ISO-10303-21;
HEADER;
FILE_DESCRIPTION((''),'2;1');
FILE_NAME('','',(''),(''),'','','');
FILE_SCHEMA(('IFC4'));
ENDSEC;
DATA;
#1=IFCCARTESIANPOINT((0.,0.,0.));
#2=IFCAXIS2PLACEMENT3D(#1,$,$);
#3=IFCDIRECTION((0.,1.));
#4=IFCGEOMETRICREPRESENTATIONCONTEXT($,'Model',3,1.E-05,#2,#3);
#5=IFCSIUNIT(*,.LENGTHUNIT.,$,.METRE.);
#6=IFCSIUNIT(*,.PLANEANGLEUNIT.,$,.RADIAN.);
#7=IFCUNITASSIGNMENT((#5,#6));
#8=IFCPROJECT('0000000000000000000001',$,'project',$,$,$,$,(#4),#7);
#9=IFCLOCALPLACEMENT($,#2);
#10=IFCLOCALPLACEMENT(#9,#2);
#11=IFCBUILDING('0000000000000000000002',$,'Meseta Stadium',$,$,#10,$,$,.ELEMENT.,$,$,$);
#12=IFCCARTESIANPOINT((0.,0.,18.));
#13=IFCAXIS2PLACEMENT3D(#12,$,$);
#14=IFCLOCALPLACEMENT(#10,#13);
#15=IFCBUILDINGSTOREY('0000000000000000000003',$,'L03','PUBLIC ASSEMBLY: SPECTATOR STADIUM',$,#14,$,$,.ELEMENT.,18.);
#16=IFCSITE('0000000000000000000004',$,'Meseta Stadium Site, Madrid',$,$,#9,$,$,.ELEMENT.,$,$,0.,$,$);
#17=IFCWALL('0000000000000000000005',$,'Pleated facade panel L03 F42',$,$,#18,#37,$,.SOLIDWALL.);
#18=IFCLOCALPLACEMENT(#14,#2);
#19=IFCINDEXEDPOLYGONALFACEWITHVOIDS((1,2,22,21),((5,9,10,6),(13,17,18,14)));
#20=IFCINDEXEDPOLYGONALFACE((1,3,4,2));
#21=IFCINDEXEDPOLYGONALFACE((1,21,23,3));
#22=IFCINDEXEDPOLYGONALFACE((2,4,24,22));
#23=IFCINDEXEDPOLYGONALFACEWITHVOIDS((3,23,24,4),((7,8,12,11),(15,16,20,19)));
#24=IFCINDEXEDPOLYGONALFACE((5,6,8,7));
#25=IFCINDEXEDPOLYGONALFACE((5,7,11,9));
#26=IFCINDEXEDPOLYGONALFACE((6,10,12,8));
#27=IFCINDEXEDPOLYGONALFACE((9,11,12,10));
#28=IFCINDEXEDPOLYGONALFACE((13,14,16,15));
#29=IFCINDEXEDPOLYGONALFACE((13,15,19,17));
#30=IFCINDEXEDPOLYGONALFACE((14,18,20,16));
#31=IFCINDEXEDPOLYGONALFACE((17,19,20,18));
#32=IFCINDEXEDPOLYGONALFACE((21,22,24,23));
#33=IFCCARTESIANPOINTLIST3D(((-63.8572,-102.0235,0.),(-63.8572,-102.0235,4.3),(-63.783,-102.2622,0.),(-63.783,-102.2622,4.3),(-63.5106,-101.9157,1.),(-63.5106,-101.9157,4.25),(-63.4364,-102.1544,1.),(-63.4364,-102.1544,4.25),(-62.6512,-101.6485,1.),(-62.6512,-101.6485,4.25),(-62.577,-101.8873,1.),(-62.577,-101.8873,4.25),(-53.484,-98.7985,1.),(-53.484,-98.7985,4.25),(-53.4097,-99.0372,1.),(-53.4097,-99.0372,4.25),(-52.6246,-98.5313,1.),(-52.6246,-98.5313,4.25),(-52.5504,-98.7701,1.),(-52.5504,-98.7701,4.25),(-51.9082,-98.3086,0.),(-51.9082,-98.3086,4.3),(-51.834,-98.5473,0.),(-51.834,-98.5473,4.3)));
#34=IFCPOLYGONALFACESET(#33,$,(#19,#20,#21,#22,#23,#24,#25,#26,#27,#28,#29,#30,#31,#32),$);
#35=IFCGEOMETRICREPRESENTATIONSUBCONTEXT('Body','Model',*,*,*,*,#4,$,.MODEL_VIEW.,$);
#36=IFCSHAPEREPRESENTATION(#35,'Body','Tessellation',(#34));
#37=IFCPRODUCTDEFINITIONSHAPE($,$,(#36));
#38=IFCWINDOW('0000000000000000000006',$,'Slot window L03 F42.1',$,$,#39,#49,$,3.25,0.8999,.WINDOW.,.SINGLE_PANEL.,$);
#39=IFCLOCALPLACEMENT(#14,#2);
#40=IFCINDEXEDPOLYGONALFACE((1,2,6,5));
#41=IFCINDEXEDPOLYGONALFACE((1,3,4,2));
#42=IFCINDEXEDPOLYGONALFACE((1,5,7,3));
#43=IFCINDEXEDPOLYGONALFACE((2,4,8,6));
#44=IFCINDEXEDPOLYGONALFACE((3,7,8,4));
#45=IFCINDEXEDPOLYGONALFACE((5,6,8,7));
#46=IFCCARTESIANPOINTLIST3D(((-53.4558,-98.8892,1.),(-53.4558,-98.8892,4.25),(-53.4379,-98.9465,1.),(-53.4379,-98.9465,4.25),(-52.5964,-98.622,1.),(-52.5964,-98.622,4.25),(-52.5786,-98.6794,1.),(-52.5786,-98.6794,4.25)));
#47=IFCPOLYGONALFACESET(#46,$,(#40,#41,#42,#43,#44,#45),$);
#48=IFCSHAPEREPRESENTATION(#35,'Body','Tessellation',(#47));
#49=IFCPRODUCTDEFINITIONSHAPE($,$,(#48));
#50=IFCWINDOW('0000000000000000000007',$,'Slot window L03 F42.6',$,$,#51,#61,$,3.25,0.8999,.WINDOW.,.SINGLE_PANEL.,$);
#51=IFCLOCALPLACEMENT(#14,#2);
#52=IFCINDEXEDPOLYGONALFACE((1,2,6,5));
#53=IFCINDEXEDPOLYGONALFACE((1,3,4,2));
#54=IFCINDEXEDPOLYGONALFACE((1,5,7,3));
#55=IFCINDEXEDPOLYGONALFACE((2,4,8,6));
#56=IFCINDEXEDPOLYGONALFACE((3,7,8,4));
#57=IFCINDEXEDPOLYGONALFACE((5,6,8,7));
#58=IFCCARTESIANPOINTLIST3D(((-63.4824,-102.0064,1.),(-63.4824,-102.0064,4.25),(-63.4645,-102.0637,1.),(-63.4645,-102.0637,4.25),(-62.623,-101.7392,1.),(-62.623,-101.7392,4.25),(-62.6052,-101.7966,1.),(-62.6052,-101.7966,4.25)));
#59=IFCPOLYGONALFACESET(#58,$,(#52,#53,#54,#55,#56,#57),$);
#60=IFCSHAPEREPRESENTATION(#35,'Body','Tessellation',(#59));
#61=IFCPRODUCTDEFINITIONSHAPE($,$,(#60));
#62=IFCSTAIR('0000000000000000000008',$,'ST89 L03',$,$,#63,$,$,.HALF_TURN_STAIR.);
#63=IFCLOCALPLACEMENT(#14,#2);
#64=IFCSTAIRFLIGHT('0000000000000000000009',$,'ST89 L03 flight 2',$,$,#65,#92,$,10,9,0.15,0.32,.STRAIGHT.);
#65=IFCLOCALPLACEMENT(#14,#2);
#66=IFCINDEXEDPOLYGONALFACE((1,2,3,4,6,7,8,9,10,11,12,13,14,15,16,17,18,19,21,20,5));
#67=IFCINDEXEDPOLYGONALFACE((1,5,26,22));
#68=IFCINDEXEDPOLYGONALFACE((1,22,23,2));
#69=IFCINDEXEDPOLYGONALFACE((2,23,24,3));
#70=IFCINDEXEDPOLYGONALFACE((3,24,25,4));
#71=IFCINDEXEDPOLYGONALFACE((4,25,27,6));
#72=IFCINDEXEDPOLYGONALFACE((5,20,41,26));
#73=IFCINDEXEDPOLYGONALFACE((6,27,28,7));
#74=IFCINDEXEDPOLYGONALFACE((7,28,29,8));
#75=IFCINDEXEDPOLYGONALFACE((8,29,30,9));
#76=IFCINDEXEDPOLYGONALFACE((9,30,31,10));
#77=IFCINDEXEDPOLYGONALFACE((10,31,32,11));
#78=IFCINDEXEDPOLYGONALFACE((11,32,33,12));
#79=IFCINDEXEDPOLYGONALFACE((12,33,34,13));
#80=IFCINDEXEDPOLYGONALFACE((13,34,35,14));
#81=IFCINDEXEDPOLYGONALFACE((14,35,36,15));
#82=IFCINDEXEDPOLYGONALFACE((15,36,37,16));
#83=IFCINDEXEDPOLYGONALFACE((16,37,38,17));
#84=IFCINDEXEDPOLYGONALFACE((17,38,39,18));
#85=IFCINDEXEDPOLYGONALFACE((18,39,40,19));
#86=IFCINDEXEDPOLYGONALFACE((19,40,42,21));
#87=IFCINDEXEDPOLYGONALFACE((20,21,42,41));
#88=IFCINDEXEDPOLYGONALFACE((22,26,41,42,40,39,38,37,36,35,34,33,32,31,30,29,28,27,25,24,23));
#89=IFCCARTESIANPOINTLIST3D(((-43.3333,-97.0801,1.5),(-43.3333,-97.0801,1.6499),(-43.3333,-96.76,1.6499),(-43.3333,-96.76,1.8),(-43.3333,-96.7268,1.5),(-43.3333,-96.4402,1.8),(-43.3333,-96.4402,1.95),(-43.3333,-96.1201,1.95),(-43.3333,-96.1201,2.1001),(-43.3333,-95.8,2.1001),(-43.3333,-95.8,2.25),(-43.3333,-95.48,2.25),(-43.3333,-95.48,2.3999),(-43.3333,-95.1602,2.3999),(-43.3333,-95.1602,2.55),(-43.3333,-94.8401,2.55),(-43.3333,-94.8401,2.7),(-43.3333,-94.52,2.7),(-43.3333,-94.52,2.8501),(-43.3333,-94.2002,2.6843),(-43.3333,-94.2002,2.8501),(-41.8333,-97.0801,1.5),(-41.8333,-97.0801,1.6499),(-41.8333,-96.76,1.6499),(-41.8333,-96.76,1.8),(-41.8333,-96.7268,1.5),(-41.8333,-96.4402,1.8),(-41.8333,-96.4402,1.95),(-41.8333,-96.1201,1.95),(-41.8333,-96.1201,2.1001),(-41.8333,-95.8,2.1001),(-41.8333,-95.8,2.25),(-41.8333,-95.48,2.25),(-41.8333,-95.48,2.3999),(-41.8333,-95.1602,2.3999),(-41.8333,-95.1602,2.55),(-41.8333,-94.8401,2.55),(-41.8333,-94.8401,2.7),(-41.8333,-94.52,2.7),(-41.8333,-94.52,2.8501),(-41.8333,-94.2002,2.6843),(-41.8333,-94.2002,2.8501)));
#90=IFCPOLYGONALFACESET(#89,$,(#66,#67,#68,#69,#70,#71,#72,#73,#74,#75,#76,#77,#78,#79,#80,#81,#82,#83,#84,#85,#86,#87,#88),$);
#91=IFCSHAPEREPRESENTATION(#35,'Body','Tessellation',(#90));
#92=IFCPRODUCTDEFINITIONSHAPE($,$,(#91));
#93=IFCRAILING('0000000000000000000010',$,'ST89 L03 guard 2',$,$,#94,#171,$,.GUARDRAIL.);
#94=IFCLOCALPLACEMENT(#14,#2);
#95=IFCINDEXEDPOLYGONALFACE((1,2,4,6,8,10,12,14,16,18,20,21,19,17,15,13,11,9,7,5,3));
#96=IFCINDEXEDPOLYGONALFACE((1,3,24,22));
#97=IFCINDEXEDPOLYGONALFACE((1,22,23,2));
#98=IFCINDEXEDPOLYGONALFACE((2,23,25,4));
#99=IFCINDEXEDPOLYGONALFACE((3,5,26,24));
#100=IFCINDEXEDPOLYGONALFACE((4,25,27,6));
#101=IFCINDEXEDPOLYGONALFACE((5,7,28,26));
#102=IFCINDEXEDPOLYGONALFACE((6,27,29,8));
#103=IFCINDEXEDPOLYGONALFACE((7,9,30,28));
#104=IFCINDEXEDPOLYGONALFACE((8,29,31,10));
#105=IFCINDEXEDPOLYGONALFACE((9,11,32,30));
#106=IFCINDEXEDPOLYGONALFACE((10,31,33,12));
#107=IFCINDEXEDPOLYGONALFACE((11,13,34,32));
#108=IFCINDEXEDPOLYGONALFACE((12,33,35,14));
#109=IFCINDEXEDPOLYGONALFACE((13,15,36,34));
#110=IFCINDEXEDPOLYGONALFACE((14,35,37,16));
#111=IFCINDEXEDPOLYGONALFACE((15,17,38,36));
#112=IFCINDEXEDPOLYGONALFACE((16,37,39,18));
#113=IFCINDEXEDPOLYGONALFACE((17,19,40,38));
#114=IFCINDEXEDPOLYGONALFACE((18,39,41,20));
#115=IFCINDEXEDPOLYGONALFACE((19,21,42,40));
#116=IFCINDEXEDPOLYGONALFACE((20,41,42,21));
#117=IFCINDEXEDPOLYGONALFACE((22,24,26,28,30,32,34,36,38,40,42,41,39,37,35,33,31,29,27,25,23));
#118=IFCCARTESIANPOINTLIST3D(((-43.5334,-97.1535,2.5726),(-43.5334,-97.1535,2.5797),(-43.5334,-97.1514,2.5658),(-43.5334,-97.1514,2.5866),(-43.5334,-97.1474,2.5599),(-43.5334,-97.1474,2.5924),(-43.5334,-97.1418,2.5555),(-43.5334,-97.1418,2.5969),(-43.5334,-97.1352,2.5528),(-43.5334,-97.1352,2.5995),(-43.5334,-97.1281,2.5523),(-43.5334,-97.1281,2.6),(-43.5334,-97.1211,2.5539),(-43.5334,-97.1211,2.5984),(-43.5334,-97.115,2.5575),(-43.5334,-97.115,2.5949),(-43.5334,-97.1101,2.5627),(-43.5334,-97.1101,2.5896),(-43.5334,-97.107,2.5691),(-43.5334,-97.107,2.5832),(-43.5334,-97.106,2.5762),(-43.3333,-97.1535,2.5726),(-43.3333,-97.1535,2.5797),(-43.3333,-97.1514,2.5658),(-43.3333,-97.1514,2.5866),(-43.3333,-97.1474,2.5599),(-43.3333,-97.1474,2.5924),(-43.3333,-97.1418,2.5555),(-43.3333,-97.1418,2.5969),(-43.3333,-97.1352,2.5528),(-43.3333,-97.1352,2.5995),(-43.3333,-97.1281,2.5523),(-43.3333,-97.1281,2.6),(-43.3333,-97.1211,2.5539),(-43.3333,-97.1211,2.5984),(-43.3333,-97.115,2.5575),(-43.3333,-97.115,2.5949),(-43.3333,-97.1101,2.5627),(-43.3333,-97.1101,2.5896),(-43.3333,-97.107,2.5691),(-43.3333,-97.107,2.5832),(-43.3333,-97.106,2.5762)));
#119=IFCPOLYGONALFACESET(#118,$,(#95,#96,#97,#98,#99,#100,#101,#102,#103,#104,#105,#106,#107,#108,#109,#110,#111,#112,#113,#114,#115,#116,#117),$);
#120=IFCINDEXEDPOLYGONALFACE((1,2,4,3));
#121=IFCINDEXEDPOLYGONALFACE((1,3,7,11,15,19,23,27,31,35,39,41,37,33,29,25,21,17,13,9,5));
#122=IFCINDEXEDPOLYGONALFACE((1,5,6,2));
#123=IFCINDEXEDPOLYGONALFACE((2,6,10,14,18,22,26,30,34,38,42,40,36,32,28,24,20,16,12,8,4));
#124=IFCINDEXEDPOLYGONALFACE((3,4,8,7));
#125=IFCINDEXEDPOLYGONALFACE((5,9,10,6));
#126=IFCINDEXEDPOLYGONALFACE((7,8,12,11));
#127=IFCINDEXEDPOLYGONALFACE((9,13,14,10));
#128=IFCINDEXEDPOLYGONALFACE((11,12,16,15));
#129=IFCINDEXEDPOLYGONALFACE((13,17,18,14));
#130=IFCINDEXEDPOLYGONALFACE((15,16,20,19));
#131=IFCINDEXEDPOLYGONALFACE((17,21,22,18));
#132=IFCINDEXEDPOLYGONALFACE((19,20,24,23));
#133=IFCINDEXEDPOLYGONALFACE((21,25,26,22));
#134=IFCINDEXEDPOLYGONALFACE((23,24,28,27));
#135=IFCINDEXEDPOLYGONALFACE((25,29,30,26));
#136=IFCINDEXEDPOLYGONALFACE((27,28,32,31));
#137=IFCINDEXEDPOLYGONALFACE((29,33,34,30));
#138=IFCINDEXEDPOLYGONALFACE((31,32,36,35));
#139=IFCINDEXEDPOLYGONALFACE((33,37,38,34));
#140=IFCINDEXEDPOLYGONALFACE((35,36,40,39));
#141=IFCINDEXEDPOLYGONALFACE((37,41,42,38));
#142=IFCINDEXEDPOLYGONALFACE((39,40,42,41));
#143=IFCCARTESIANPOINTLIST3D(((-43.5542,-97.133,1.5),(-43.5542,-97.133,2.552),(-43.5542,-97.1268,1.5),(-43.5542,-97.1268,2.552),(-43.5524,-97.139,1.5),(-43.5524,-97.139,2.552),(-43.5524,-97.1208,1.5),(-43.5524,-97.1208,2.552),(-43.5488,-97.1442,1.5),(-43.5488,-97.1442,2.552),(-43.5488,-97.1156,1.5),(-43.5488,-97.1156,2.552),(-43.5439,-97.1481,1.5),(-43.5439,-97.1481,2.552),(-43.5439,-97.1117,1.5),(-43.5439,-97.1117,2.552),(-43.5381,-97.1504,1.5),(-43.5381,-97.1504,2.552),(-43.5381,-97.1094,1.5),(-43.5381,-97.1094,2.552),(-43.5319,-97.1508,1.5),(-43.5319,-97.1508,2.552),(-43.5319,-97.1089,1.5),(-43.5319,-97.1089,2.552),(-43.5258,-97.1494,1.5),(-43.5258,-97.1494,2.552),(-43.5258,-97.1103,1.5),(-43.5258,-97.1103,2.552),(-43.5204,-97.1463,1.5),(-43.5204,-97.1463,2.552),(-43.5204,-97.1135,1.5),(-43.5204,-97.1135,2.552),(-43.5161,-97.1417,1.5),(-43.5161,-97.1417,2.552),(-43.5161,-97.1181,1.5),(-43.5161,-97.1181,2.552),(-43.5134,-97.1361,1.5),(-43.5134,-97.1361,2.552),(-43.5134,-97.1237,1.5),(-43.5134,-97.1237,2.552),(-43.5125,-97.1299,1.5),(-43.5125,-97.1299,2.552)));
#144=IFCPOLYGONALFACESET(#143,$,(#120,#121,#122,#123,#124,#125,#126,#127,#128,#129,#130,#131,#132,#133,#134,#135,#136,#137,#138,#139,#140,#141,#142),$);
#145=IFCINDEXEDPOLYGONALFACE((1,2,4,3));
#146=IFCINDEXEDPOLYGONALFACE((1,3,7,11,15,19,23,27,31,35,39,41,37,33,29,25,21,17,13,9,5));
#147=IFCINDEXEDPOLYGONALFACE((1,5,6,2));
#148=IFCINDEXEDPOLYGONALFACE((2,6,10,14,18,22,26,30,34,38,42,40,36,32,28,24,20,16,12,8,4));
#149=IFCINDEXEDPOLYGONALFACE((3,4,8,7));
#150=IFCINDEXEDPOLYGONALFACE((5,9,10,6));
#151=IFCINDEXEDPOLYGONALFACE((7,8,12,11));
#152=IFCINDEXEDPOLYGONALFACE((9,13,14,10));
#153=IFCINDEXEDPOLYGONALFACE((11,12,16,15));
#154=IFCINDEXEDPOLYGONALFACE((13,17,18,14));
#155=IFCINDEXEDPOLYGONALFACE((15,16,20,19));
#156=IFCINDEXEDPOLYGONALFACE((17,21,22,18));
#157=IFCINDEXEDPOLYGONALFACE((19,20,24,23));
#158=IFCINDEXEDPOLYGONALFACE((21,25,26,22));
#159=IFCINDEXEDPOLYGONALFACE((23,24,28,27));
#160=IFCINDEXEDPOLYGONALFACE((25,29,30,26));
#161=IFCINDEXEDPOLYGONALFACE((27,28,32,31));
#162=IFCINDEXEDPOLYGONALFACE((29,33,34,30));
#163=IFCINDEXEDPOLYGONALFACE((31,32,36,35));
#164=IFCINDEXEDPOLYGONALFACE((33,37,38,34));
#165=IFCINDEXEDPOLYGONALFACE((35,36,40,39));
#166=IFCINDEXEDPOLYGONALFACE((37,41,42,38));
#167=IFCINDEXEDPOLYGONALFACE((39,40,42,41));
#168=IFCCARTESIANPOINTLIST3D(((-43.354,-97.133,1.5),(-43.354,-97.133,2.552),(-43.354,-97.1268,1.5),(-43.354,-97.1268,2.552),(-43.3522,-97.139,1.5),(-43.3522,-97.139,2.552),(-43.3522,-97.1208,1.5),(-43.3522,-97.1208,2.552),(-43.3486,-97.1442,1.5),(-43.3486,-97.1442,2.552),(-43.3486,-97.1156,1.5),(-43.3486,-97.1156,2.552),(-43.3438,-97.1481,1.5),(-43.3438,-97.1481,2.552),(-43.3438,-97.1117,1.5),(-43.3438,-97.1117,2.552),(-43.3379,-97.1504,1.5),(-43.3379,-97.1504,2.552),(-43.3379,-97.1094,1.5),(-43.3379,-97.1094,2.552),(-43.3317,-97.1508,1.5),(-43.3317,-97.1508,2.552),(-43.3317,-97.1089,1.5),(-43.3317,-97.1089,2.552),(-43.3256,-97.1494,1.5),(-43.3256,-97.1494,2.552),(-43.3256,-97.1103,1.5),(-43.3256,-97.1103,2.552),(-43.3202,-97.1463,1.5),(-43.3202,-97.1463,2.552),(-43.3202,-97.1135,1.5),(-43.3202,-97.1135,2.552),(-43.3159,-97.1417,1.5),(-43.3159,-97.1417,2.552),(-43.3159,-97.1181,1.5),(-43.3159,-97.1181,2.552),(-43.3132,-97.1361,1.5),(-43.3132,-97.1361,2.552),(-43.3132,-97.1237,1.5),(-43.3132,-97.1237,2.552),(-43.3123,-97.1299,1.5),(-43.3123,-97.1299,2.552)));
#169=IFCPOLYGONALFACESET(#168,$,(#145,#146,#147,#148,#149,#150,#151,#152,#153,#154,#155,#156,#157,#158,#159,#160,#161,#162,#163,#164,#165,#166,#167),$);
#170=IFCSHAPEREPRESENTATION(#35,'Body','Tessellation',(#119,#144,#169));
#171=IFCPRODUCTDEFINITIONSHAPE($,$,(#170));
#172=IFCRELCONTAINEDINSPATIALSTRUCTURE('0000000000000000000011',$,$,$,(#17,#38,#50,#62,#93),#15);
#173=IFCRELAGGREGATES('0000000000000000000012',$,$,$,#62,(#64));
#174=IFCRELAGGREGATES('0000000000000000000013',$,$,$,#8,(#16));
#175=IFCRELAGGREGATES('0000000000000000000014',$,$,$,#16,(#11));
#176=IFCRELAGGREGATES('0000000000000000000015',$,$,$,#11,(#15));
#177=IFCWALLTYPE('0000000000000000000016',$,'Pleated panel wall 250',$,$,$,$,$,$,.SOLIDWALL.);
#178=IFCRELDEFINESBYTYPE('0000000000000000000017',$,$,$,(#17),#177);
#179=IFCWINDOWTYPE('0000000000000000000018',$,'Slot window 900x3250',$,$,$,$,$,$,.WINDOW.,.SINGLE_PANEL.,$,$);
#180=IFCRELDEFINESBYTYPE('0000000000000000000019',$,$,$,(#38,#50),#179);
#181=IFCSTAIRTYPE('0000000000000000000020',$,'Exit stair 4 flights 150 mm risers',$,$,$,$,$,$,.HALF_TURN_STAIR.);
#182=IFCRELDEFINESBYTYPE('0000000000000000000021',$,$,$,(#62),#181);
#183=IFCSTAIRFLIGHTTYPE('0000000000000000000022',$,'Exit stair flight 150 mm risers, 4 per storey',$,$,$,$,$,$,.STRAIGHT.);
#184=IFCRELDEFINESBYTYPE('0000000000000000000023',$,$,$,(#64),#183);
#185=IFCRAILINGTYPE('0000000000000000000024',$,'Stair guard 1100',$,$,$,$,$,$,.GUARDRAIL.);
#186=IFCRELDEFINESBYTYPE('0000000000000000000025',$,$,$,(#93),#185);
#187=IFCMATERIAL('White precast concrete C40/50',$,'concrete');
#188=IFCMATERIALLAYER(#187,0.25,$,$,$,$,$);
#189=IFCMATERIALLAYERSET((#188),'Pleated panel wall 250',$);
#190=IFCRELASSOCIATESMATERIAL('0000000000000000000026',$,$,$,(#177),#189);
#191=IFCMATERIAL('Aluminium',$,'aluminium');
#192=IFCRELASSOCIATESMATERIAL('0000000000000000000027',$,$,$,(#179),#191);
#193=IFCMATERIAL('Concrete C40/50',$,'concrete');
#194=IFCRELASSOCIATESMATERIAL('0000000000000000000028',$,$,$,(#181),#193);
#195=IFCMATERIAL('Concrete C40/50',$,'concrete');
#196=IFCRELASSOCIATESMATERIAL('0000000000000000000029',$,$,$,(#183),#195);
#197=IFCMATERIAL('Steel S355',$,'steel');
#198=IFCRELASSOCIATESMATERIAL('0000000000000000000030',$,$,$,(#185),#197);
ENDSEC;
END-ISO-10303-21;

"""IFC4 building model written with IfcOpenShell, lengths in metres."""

from ifc_helpers import new_model, si_unit, direction, frame, frame_2d, origin, origin_2d, place, context, subcontext, project, spatial, polyline, rectangle, circle, outline, extrude, material, layer, layer_set, type_object, element, fill, aggregate, save


model = new_model("IFC4")

# Units and contexts
model_context = context("Model", 3, precision=1e-05, world=origin(), true_north=direction((0.0, 1.0)))
body_context = subcontext(model_context, "Body", "Model", "MODEL_VIEW")
ifc_project = project(units=[si_unit("LENGTHUNIT", "METRE"), si_unit("PLANEANGLEUNIT", "RADIAN")], contexts=[model_context])

# Site, building, storey
site_placement = place(None, origin())
site = spatial("IfcSite", under=ifc_project, at=site_placement, Name="Meseta Stadium Site, Madrid", CompositionType="ELEMENT", RefElevation=0.0)
building_placement = place(site_placement, origin())
building = spatial("IfcBuilding", under=site, at=building_placement, Name="Meseta Stadium", CompositionType="ELEMENT")
storey_placement = place(building_placement, frame((0.0, 0.0, 18.0)))
storey = spatial("IfcBuildingStorey", under=building, at=storey_placement, Name="L03", Description="PUBLIC ASSEMBLY: SPECTATOR STADIUM", CompositionType="ELEMENT", Elevation=18.0)

# Wall, openings, windows
ifc_material_1 = material(Name="White precast concrete C40/50", Category="concrete")
ifc_layer_1 = layer(ifc_material_1, 0.25)
ifc_layer_set_1 = layer_set([ifc_layer_1], Name="Pleated panel wall 250")
wall_type_1 = type_object("IfcWallType", Name="Pleated panel wall 250", PredefinedType="SOLIDWALL", material=ifc_layer_set_1)
wall_1_placement = place(storey_placement, frame((-51.8711, -98.428, 0.0), z_axis=(0.0, 0.0, 1.0), x_axis=(-0.954916, -0.296876, 0.0)))
wall_1 = element("IfcWall", 1, at=wall_1_placement, inside=storey, type_object=wall_type_1, Name="Pleated facade panel L03 F42", PredefinedType="SOLIDWALL", context=body_context, shape_type="SweptSolid", body=[
    extrude(rectangle(XDim=12.5132, YDim=0.25, at=frame_2d((6.2566, 0.0))), origin(), (0.0, 0.0, 1.0), 4.3),
])
opening_1_placement = place(wall_1_placement, frame((0.7502, 0.0, 1.0)))
opening_1 = element("IfcOpeningElement", 2, at=opening_1_placement, cuts=wall_1, PredefinedType="OPENING", context=body_context, shape_type="SweptSolid", body=[
    extrude(rectangle(XDim=0.8999, YDim=3.25, at=frame_2d((0.45, 1.625))), frame((0.0, 0.135, 0.0), z_axis=(0.0, -1.0, 0.0), x_axis=(1.0, 0.0, 0.0)), (0.0, 0.0, 1.0), 0.27),
])
opening_2_placement = place(wall_1_placement, frame((11.2502, 0.0, 1.0)))
opening_2 = element("IfcOpeningElement", 3, at=opening_2_placement, cuts=wall_1, PredefinedType="OPENING", context=body_context, shape_type="SweptSolid", body=[
    extrude(rectangle(XDim=0.8999, YDim=3.25, at=frame_2d((0.45, 1.625))), frame((0.0, 0.135, 0.0), z_axis=(0.0, -1.0, 0.0), x_axis=(1.0, 0.0, 0.0)), (0.0, 0.0, 1.0), 0.27),
])
ifc_material_2 = material(Name="Aluminium", Category="aluminium")
window_type = type_object("IfcWindowType", Name="Slot window 900x3250", PartitioningType="SINGLE_PANEL", PredefinedType="WINDOW", material=ifc_material_2)
window_1_placement = place(opening_1_placement, origin())
window_1 = element("IfcWindow", 4, at=window_1_placement, inside=storey, type_object=window_type, Name="Slot window L03 F42.1", OverallHeight=3.25, OverallWidth=0.8999, PartitioningType="SINGLE_PANEL", PredefinedType="WINDOW", context=body_context, shape_type="SweptSolid", body=[
    extrude(rectangle(XDim=0.8999, YDim=3.25, at=frame_2d((0.45, 1.625))), frame((0.0, 0.03, 0.0), z_axis=(0.0, -1.0, 0.0), x_axis=(1.0, 0.0, 0.0)), (0.0, 0.0, 1.0), 0.0601),
])
fill(opening_1, window_1)
window_2_placement = place(opening_2_placement, origin())
window_2 = element("IfcWindow", 5, at=window_2_placement, inside=storey, type_object=window_type, Name="Slot window L03 F42.6", OverallHeight=3.25, OverallWidth=0.8999, PartitioningType="SINGLE_PANEL", PredefinedType="WINDOW", context=body_context, shape_type="SweptSolid", body=[
    extrude(rectangle(XDim=0.8999, YDim=3.25, at=frame_2d((0.45, 1.625))), frame((0.0, 0.03, 0.0), z_axis=(0.0, -1.0, 0.0), x_axis=(1.0, 0.0, 0.0)), (0.0, 0.0, 1.0), 0.0601),
])
fill(opening_2, window_2)

# Stair, stair flight
ifc_material_3 = material(Name="Concrete C40/50", Category="concrete")
stair_type = type_object("IfcStairType", Name="Exit stair 4 flights 150 mm risers", PredefinedType="HALF_TURN_STAIR", material=ifc_material_3)
stair_placement = place(storey_placement, origin())
stair = element("IfcStair", 6, at=stair_placement, inside=storey, type_object=stair_type, Name="ST89 L03", PredefinedType="HALF_TURN_STAIR")
ifc_material_4 = material(Name="Concrete C40/50", Category="concrete")
stair_flight_type = type_object("IfcStairFlightType", Name="Exit stair flight 150 mm risers, 4 per storey", PredefinedType="STRAIGHT", material=ifc_material_4)
stair_flight_placement = place(storey_placement, frame((-42.5833, -97.0801, 1.5), z_axis=(0.0, 0.0, 1.0), x_axis=(0.0, 1.0, 0.0)))
stair_flight = element("IfcStairFlight", 7, at=stair_flight_placement, type_object=stair_flight_type, Name="ST89 L03 flight 2", NumberOfRisers=10, NumberOfTreads=9, PredefinedType="STRAIGHT", RiserHeight=0.15, TreadLength=0.32, context=body_context, shape_type="SweptSolid", body=[
    extrude(outline(polyline([(0.0, 0.0), (0.0, 0.1499), (0.3201, 0.1499), (0.3201, 0.3), (0.6399, 0.3), (0.6399, 0.45), (0.96, 0.45), (0.96, 0.6001), (1.28, 0.6001), (1.28, 0.75), (1.6001, 0.75), (1.6001, 0.8999), (1.9199, 0.8999), (1.9199, 1.05), (2.24, 1.05), (2.24, 1.2), (2.5601, 1.2), (2.5601, 1.3501), (2.8799, 1.3501), (2.8799, 1.1843), (0.3533, 0.0), (0.0, 0.0)])), frame((0.0, 0.75, 0.0), z_axis=(0.0, -1.0, 0.0), x_axis=(1.0, 0.0, 0.0)), (0.0, 0.0, 1.0), 1.5),
])
aggregate(stair, [stair_flight])

# Railing
ifc_material_5 = material(Name="Steel S355", Category="steel")
railing_type = type_object("IfcRailingType", Name="Stair guard 1100", PredefinedType="GUARDRAIL", material=ifc_material_5)
railing_1_placement = place(storey_placement, frame((-43.5334, -97.1299, 1.5)))
element("IfcRailing", 8, at=railing_1_placement, inside=storey, type_object=railing_type, Name="ST89 L03 guard 2", PredefinedType="GUARDRAIL", context=body_context, shape_type="SweptSolid", body=[
    extrude(circle(Radius=0.0239, at=origin_2d()), frame((0.0, 0.0, 1.0762), z_axis=(1.0, 0.0, 0.0), x_axis=(0.0, 1.0, 0.0)), (0.0, 0.0, 1.0), 0.2002),
    extrude(circle(Radius=0.021, at=origin_2d()), origin(), (0.0, 0.0, 1.0), 1.052),
    extrude(circle(Radius=0.021, at=origin_2d()), frame((0.2002, 0.0, 0.0)), (0.0, 0.0, 1.0), 1.052),
])

save(model, "model.ifc")
